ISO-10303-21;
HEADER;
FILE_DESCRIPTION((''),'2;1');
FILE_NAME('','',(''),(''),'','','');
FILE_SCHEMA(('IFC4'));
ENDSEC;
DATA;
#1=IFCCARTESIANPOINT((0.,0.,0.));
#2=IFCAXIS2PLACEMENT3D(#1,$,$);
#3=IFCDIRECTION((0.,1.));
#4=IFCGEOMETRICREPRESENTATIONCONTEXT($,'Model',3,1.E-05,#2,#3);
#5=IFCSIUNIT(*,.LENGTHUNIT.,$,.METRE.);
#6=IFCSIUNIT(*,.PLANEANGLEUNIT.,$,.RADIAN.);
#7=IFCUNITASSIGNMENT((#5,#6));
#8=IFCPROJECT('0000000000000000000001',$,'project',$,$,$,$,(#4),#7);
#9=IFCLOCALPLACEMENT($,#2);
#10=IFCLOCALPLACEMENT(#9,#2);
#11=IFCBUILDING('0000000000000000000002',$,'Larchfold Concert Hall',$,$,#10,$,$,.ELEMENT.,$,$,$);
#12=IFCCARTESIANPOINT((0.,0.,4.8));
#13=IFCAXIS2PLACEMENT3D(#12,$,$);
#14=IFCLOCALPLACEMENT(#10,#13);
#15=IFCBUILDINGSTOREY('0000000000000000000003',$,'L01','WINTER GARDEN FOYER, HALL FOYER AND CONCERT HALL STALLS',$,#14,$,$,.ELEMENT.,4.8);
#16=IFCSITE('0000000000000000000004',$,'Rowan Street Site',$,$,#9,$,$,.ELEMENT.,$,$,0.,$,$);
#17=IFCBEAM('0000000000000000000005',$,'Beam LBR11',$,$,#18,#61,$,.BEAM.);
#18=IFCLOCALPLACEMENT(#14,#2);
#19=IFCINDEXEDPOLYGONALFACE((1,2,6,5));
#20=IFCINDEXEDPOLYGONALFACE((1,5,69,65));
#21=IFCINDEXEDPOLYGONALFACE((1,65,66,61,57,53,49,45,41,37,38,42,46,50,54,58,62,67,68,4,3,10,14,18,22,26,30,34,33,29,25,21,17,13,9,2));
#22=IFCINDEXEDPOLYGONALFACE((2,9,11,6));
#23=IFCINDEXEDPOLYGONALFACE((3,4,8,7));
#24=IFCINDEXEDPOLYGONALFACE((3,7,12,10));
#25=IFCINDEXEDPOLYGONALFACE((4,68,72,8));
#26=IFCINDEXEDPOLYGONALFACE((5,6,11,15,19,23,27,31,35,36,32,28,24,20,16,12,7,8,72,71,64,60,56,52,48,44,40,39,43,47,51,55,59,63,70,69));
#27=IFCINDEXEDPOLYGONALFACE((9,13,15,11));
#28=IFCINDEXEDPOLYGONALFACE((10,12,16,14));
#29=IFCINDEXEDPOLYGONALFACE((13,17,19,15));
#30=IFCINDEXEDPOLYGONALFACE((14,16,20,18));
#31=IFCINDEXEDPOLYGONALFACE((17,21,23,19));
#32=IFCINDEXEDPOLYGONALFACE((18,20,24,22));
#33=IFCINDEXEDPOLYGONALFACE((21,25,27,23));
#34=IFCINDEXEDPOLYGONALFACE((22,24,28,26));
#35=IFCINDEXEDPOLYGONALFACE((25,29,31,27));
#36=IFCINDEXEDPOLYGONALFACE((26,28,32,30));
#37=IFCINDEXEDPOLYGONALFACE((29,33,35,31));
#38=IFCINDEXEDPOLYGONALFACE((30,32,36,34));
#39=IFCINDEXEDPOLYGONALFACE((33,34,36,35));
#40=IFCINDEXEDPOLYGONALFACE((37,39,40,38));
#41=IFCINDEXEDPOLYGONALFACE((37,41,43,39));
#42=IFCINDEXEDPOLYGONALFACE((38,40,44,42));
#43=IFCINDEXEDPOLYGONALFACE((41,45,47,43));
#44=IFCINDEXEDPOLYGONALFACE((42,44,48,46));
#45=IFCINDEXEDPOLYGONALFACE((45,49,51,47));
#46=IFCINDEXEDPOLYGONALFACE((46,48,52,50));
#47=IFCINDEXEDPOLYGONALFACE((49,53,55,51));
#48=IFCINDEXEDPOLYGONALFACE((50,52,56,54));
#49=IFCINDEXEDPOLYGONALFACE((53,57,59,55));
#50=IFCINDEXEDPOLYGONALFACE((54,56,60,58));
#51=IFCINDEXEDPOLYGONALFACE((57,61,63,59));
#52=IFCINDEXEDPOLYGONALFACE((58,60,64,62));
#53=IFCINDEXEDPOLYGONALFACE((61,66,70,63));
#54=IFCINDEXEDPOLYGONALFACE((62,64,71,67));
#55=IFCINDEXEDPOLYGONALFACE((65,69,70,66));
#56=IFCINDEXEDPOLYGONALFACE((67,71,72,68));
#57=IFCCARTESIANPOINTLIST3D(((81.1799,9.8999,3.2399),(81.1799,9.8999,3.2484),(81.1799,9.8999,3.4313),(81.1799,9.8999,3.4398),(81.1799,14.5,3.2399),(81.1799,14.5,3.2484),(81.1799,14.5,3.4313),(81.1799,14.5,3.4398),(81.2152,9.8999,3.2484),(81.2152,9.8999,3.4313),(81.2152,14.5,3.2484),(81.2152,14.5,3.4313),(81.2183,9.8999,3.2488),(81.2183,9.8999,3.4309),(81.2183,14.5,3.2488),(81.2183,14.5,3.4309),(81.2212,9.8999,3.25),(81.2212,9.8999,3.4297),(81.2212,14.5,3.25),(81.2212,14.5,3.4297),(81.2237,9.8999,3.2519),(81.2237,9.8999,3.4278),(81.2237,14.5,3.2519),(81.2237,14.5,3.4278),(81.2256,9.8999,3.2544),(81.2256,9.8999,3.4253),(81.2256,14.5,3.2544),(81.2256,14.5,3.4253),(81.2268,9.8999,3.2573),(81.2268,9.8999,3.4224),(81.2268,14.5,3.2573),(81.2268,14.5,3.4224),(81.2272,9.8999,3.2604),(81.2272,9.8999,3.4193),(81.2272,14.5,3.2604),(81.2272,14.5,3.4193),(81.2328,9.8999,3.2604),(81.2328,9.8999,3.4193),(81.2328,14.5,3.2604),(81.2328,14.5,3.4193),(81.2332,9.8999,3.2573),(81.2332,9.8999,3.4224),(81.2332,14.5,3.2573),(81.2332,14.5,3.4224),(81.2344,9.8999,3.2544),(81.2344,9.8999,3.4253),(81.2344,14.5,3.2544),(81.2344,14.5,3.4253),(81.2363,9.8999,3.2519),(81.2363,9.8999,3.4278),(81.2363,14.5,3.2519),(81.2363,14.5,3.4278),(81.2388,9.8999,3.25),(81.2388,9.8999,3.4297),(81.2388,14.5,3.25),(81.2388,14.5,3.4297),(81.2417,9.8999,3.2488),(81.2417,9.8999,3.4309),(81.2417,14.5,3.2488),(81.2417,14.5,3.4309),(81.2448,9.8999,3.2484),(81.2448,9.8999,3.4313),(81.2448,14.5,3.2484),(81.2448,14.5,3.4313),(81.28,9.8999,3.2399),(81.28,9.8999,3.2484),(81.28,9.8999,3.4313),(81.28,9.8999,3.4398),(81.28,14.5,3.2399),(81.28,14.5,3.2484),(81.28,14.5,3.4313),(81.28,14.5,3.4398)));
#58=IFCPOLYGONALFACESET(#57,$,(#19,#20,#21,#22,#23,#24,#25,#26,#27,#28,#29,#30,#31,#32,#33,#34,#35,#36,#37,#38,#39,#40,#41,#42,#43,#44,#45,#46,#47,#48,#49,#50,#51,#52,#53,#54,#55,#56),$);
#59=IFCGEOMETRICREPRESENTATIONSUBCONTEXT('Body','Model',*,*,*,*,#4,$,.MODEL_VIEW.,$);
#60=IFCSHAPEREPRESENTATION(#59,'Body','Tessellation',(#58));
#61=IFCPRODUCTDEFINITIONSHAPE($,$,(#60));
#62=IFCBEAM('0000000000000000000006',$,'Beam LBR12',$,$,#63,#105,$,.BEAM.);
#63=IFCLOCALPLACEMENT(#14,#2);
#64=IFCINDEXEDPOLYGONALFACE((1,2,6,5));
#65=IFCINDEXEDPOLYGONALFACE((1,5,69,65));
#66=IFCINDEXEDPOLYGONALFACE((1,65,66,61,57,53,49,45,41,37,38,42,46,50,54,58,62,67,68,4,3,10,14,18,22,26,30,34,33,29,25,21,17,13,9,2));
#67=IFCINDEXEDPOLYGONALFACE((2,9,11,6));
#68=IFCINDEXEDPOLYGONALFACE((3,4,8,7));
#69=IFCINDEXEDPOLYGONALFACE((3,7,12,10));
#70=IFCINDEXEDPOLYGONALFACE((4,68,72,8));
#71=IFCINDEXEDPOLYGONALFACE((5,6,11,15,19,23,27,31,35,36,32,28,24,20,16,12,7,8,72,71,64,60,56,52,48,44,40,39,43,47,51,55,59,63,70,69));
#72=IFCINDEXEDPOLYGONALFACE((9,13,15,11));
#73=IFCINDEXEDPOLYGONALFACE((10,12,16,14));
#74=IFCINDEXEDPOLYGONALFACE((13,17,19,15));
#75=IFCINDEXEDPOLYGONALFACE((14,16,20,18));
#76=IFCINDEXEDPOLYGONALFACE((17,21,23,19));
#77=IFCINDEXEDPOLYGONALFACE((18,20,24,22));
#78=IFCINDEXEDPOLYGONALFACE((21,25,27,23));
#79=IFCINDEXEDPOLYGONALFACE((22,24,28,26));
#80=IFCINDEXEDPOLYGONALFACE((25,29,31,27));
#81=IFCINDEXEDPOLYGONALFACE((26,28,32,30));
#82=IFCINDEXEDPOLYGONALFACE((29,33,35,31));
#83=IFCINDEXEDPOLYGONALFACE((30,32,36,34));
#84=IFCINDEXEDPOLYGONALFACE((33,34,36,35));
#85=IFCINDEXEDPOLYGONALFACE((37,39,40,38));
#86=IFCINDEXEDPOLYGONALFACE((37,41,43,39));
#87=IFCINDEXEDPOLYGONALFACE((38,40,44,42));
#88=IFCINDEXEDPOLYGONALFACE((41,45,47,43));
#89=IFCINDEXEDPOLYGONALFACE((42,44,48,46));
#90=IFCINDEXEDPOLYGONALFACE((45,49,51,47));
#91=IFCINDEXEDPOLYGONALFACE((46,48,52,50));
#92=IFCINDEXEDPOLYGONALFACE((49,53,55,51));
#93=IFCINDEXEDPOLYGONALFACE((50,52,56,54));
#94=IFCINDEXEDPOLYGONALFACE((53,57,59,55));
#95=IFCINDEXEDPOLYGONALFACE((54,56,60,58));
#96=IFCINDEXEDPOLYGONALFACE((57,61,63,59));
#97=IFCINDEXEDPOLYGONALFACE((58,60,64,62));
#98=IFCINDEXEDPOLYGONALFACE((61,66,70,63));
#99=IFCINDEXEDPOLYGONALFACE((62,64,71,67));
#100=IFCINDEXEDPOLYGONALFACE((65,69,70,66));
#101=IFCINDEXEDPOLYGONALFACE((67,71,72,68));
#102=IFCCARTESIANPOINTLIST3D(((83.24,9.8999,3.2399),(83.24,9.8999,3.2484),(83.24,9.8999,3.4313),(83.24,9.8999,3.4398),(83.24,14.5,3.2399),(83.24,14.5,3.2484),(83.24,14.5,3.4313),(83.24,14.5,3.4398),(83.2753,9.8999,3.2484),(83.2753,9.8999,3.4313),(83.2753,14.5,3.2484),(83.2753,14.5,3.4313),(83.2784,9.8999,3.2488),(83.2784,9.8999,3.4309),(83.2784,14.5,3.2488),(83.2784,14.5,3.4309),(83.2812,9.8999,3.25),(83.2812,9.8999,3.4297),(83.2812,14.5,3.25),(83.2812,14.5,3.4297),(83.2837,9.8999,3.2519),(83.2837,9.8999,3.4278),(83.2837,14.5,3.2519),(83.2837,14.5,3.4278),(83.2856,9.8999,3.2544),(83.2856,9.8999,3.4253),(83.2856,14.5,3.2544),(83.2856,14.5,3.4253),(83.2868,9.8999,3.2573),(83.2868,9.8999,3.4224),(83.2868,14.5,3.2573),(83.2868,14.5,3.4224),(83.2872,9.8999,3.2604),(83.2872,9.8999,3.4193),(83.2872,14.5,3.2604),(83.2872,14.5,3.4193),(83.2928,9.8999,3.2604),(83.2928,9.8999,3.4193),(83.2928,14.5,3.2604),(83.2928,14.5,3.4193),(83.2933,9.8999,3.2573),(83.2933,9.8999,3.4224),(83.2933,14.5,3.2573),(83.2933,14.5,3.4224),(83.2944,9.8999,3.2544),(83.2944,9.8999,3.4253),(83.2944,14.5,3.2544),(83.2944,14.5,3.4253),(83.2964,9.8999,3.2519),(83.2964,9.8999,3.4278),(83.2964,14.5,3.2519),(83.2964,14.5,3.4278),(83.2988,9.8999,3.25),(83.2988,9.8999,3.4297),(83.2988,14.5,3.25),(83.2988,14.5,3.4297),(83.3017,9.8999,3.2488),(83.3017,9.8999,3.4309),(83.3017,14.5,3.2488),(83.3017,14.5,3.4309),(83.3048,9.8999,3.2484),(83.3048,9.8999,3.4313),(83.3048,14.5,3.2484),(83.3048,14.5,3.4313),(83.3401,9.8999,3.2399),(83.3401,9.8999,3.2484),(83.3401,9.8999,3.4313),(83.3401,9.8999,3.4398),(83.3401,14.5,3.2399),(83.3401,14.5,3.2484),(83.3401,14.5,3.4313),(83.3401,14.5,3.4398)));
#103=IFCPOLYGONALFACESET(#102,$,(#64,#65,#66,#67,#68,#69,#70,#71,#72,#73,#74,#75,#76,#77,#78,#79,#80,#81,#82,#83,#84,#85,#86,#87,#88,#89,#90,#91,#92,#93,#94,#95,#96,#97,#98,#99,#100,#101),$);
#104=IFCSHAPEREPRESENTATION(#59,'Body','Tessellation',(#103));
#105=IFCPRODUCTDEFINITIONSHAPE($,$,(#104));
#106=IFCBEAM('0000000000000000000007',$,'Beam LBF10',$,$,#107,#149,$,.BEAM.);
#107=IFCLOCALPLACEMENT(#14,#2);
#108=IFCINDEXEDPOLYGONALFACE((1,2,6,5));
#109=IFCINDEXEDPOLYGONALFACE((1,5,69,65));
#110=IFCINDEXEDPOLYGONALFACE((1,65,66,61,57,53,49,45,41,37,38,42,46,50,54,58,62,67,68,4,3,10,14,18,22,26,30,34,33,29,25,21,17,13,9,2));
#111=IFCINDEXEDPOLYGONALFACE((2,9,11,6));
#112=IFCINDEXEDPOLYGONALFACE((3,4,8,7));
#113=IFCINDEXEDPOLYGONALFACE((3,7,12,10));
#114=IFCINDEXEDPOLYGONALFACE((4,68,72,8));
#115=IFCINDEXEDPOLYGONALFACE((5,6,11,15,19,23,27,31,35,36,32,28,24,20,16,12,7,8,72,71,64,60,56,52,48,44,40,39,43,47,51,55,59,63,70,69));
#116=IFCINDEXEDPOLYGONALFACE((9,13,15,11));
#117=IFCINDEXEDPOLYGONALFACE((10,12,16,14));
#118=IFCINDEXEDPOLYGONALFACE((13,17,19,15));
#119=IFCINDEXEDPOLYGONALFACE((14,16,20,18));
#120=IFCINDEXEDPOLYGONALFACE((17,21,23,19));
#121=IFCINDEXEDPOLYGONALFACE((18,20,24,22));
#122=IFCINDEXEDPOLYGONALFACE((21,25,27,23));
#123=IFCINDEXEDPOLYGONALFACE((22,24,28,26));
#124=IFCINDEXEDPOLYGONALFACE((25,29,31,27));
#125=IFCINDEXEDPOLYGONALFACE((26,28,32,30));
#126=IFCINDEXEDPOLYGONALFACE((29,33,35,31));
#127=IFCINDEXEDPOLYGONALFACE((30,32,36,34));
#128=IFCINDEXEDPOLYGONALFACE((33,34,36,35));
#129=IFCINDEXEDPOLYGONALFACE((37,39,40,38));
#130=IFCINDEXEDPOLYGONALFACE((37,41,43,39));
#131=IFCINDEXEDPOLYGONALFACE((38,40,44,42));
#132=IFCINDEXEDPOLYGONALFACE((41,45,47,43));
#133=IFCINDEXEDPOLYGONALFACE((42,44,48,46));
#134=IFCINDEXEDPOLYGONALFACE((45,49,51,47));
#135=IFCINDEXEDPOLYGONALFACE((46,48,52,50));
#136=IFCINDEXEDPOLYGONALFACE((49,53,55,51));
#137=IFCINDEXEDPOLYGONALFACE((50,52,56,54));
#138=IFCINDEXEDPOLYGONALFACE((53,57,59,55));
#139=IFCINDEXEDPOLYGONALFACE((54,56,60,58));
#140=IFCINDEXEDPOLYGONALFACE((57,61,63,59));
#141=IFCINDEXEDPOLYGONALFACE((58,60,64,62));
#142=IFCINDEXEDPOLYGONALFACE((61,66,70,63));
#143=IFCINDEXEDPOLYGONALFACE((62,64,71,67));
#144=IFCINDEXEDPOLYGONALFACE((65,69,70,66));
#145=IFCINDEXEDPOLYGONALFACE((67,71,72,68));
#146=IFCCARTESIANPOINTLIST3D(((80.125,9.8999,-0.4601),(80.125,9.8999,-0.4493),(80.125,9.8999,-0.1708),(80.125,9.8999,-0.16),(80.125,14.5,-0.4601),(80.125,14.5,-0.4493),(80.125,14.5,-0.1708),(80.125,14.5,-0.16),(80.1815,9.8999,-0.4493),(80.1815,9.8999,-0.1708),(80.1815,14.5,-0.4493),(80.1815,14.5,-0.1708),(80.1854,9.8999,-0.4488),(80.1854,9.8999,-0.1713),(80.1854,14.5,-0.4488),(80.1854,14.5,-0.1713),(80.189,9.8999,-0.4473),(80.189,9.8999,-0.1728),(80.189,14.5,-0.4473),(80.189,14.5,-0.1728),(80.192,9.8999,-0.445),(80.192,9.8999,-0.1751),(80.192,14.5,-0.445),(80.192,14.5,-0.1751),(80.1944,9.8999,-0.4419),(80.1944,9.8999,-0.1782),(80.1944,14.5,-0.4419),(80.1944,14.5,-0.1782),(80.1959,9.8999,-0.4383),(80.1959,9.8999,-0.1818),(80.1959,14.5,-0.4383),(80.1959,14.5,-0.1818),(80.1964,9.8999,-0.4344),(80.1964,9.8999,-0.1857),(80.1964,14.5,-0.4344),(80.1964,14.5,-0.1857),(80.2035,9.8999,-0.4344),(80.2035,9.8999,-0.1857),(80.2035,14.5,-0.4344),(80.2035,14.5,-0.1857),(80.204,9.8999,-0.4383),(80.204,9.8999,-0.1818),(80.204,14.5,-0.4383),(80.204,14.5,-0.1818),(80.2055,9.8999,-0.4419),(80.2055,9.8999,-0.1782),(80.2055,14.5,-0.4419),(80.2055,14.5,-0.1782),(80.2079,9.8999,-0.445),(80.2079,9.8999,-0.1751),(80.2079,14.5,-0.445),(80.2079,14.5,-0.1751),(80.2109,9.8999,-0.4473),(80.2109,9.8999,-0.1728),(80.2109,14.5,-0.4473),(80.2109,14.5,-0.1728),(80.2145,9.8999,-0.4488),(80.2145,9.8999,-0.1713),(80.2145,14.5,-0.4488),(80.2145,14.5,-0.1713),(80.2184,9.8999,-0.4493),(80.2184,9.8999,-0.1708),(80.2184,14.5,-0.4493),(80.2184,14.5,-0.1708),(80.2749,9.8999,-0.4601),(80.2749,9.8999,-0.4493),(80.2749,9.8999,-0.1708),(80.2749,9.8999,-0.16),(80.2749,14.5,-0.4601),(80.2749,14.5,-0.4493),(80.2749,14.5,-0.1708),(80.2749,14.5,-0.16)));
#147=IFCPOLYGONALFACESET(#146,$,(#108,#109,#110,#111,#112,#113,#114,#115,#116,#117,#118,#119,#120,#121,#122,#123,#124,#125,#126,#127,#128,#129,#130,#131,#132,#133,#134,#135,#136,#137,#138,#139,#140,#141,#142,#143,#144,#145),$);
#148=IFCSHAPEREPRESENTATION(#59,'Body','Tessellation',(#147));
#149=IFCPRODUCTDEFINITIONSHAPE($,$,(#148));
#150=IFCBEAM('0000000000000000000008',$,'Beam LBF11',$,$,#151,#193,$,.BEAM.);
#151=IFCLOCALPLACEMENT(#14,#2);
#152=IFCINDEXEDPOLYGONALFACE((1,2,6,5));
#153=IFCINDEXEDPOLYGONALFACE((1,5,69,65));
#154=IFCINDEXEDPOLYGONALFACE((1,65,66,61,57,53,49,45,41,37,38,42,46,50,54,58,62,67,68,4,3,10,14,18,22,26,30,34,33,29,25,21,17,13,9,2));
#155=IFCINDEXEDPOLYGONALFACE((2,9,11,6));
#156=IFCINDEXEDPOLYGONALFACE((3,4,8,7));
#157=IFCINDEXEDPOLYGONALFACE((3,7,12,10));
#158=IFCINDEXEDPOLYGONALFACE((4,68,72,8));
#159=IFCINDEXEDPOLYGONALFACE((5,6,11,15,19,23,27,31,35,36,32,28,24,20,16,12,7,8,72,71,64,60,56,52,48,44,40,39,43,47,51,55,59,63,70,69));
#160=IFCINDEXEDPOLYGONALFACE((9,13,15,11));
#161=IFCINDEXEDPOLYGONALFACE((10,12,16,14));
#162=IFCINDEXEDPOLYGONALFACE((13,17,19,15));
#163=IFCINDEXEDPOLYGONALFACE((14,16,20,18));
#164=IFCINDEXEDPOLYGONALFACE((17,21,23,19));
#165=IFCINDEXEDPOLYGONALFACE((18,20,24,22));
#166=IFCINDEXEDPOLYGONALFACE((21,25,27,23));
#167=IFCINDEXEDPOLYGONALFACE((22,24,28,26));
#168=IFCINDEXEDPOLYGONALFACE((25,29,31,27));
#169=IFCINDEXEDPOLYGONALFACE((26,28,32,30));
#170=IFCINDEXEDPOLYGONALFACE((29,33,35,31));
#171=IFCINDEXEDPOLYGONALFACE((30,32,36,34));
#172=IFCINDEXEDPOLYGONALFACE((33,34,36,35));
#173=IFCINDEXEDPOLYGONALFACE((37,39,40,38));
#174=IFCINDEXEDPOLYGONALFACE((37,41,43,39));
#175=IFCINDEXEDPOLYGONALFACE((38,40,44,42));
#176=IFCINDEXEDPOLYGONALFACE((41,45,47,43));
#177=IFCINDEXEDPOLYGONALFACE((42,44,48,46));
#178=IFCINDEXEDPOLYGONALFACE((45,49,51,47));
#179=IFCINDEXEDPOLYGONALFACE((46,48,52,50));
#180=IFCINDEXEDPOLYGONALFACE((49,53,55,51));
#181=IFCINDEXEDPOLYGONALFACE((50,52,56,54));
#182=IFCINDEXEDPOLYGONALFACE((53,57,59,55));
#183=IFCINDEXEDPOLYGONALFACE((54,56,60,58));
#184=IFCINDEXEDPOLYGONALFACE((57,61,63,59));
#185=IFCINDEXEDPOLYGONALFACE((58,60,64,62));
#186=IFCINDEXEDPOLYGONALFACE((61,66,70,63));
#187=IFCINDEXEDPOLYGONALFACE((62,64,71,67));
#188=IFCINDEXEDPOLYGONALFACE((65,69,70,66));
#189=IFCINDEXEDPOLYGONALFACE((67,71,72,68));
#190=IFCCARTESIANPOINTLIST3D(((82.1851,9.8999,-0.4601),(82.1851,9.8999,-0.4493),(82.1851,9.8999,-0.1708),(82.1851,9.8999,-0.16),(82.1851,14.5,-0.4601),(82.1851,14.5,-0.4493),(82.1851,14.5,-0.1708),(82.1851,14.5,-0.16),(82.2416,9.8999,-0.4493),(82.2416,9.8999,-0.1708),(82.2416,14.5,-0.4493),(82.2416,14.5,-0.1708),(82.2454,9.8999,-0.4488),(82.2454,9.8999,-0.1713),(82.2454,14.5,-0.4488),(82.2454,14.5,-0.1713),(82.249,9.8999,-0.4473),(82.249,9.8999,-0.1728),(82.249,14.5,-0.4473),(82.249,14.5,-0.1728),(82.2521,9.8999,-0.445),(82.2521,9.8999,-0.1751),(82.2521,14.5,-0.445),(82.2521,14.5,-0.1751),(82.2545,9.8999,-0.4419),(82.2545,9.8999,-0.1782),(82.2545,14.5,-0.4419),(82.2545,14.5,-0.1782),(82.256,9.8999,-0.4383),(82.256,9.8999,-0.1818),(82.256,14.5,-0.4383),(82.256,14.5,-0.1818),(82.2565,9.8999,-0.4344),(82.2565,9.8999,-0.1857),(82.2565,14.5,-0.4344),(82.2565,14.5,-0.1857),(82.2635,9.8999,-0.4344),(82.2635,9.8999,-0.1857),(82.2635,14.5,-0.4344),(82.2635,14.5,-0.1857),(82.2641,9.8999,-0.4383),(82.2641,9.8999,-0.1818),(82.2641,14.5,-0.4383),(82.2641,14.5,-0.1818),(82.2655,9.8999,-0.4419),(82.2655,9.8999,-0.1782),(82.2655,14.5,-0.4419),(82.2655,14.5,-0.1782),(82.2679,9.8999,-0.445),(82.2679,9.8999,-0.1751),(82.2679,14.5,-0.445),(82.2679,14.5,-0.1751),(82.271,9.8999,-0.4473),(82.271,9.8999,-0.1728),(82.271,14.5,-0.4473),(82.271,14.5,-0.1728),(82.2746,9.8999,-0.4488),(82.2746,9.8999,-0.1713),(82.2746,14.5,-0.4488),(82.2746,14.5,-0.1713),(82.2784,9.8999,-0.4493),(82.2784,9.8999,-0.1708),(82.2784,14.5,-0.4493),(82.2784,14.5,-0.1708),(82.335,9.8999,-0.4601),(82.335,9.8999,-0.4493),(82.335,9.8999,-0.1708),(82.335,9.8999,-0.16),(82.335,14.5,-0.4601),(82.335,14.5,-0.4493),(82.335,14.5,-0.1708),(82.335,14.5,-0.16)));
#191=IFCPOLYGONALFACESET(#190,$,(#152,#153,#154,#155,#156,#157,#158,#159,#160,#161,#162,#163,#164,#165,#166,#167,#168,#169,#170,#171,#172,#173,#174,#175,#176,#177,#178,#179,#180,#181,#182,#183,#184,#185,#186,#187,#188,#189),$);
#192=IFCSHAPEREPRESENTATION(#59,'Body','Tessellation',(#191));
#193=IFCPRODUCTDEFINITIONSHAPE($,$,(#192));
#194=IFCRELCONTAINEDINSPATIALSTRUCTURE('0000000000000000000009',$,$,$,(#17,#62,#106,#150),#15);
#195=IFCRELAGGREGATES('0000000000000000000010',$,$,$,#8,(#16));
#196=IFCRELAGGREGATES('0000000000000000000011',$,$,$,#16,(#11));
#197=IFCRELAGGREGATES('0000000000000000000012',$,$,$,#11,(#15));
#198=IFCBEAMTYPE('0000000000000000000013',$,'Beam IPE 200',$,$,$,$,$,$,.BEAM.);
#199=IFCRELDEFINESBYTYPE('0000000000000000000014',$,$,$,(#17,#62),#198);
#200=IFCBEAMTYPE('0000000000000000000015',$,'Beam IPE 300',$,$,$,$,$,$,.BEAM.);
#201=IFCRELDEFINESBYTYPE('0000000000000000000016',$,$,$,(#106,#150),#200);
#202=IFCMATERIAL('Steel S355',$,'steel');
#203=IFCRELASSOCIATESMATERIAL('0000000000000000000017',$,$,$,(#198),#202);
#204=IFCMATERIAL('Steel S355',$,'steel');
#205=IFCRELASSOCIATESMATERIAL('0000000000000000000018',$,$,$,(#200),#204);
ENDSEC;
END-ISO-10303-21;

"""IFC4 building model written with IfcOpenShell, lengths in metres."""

from ifc_helpers import new_model, si_unit, direction, frame, origin, origin_2d, place, context, subcontext, project, spatial, i_section, extrude, material, material_profile, profile_set, type_object, element, save


model = new_model("IFC4")

# Units and contexts
model_context = context("Model", 3, precision=1e-05, world=origin(), true_north=direction((0.0, 1.0)))
body_context = subcontext(model_context, "Body", "Model", "MODEL_VIEW")
ifc_project = project(units=[si_unit("LENGTHUNIT", "METRE"), si_unit("PLANEANGLEUNIT", "RADIAN")], contexts=[model_context])

# Site, building, storey
site_placement = place(None, origin())
site = spatial("IfcSite", under=ifc_project, at=site_placement, Name="Rowan Street Site", CompositionType="ELEMENT", RefElevation=0.0)
building_placement = place(site_placement, origin())
building = spatial("IfcBuilding", under=site, at=building_placement, Name="Larchfold Concert Hall", CompositionType="ELEMENT")
storey_placement = place(building_placement, frame((0.0, 0.0, 4.8)))
storey = spatial("IfcBuildingStorey", under=building, at=storey_placement, Name="L01", Description="WINTER GARDEN FOYER, HALL FOYER AND CONCERT HALL STALLS", CompositionType="ELEMENT", Elevation=4.8)

# Beams
ifc_material_1 = material(Name="Steel S355", Category="steel")
ifc_material_profile_1 = material_profile(ifc_material_1, i_section(OverallWidth=0.1001, OverallDepth=0.2, WebThickness=0.0056, FlangeThickness=0.0085, FilletRadius=0.012, at=origin_2d()))
ifc_profile_set_1 = profile_set([ifc_material_profile_1], Name="Steel S355")
beam_type_1 = type_object("IfcBeamType", Name="Beam IPE 200", PredefinedType="BEAM", material=ifc_profile_set_1)
for number, where, z_axis, x_axis, name in (
    (1, (81.23, 9.8999, 3.3398), (0.0, 1.0, 0.0), (-1.0, 0.0, 0.0), "Beam LBR11"),
    (2, (83.29, 9.8999, 3.3398), (0.0, 1.0, 0.0), (-1.0, 0.0, 0.0), "Beam LBR12"),
):
    element("IfcBeam", number, at=place(storey_placement, frame(where, z_axis=z_axis, x_axis=x_axis)), inside=storey, type_object=beam_type_1, Name=name, PredefinedType="BEAM", context=body_context, shape_type="SweptSolid", body=[
        extrude(i_section(OverallWidth=0.1001, OverallDepth=0.2, WebThickness=0.0056, FlangeThickness=0.0085, FilletRadius=0.012, at=origin_2d()), origin(), (0.0, 0.0, 1.0), 4.6001),
    ])
ifc_material_2 = material(Name="Steel S355", Category="steel")
ifc_material_profile_2 = material_profile(ifc_material_2, i_section(OverallWidth=0.1499, OverallDepth=0.3, WebThickness=0.0071, FlangeThickness=0.0107, FilletRadius=0.0149, at=origin_2d()))
ifc_profile_set_2 = profile_set([ifc_material_profile_2], Name="Steel S355")
beam_type_2 = type_object("IfcBeamType", Name="Beam IPE 300", PredefinedType="BEAM", material=ifc_profile_set_2)
for number, where, z_axis, x_axis, name in (
    (3, (80.2, 9.8999, -0.3101), (0.0, 1.0, 0.0), (-1.0, 0.0, 0.0), "Beam LBF10"),
    (4, (82.26, 9.8999, -0.3101), (0.0, 1.0, 0.0), (-1.0, 0.0, 0.0), "Beam LBF11"),
):
    element("IfcBeam", number, at=place(storey_placement, frame(where, z_axis=z_axis, x_axis=x_axis)), inside=storey, type_object=beam_type_2, Name=name, PredefinedType="BEAM", context=body_context, shape_type="SweptSolid", body=[
        extrude(i_section(OverallWidth=0.1499, OverallDepth=0.3, WebThickness=0.0071, FlangeThickness=0.0107, FilletRadius=0.0149, at=origin_2d()), origin(), (0.0, 0.0, 1.0), 4.6001),
    ])

save(model, "model.ifc")
